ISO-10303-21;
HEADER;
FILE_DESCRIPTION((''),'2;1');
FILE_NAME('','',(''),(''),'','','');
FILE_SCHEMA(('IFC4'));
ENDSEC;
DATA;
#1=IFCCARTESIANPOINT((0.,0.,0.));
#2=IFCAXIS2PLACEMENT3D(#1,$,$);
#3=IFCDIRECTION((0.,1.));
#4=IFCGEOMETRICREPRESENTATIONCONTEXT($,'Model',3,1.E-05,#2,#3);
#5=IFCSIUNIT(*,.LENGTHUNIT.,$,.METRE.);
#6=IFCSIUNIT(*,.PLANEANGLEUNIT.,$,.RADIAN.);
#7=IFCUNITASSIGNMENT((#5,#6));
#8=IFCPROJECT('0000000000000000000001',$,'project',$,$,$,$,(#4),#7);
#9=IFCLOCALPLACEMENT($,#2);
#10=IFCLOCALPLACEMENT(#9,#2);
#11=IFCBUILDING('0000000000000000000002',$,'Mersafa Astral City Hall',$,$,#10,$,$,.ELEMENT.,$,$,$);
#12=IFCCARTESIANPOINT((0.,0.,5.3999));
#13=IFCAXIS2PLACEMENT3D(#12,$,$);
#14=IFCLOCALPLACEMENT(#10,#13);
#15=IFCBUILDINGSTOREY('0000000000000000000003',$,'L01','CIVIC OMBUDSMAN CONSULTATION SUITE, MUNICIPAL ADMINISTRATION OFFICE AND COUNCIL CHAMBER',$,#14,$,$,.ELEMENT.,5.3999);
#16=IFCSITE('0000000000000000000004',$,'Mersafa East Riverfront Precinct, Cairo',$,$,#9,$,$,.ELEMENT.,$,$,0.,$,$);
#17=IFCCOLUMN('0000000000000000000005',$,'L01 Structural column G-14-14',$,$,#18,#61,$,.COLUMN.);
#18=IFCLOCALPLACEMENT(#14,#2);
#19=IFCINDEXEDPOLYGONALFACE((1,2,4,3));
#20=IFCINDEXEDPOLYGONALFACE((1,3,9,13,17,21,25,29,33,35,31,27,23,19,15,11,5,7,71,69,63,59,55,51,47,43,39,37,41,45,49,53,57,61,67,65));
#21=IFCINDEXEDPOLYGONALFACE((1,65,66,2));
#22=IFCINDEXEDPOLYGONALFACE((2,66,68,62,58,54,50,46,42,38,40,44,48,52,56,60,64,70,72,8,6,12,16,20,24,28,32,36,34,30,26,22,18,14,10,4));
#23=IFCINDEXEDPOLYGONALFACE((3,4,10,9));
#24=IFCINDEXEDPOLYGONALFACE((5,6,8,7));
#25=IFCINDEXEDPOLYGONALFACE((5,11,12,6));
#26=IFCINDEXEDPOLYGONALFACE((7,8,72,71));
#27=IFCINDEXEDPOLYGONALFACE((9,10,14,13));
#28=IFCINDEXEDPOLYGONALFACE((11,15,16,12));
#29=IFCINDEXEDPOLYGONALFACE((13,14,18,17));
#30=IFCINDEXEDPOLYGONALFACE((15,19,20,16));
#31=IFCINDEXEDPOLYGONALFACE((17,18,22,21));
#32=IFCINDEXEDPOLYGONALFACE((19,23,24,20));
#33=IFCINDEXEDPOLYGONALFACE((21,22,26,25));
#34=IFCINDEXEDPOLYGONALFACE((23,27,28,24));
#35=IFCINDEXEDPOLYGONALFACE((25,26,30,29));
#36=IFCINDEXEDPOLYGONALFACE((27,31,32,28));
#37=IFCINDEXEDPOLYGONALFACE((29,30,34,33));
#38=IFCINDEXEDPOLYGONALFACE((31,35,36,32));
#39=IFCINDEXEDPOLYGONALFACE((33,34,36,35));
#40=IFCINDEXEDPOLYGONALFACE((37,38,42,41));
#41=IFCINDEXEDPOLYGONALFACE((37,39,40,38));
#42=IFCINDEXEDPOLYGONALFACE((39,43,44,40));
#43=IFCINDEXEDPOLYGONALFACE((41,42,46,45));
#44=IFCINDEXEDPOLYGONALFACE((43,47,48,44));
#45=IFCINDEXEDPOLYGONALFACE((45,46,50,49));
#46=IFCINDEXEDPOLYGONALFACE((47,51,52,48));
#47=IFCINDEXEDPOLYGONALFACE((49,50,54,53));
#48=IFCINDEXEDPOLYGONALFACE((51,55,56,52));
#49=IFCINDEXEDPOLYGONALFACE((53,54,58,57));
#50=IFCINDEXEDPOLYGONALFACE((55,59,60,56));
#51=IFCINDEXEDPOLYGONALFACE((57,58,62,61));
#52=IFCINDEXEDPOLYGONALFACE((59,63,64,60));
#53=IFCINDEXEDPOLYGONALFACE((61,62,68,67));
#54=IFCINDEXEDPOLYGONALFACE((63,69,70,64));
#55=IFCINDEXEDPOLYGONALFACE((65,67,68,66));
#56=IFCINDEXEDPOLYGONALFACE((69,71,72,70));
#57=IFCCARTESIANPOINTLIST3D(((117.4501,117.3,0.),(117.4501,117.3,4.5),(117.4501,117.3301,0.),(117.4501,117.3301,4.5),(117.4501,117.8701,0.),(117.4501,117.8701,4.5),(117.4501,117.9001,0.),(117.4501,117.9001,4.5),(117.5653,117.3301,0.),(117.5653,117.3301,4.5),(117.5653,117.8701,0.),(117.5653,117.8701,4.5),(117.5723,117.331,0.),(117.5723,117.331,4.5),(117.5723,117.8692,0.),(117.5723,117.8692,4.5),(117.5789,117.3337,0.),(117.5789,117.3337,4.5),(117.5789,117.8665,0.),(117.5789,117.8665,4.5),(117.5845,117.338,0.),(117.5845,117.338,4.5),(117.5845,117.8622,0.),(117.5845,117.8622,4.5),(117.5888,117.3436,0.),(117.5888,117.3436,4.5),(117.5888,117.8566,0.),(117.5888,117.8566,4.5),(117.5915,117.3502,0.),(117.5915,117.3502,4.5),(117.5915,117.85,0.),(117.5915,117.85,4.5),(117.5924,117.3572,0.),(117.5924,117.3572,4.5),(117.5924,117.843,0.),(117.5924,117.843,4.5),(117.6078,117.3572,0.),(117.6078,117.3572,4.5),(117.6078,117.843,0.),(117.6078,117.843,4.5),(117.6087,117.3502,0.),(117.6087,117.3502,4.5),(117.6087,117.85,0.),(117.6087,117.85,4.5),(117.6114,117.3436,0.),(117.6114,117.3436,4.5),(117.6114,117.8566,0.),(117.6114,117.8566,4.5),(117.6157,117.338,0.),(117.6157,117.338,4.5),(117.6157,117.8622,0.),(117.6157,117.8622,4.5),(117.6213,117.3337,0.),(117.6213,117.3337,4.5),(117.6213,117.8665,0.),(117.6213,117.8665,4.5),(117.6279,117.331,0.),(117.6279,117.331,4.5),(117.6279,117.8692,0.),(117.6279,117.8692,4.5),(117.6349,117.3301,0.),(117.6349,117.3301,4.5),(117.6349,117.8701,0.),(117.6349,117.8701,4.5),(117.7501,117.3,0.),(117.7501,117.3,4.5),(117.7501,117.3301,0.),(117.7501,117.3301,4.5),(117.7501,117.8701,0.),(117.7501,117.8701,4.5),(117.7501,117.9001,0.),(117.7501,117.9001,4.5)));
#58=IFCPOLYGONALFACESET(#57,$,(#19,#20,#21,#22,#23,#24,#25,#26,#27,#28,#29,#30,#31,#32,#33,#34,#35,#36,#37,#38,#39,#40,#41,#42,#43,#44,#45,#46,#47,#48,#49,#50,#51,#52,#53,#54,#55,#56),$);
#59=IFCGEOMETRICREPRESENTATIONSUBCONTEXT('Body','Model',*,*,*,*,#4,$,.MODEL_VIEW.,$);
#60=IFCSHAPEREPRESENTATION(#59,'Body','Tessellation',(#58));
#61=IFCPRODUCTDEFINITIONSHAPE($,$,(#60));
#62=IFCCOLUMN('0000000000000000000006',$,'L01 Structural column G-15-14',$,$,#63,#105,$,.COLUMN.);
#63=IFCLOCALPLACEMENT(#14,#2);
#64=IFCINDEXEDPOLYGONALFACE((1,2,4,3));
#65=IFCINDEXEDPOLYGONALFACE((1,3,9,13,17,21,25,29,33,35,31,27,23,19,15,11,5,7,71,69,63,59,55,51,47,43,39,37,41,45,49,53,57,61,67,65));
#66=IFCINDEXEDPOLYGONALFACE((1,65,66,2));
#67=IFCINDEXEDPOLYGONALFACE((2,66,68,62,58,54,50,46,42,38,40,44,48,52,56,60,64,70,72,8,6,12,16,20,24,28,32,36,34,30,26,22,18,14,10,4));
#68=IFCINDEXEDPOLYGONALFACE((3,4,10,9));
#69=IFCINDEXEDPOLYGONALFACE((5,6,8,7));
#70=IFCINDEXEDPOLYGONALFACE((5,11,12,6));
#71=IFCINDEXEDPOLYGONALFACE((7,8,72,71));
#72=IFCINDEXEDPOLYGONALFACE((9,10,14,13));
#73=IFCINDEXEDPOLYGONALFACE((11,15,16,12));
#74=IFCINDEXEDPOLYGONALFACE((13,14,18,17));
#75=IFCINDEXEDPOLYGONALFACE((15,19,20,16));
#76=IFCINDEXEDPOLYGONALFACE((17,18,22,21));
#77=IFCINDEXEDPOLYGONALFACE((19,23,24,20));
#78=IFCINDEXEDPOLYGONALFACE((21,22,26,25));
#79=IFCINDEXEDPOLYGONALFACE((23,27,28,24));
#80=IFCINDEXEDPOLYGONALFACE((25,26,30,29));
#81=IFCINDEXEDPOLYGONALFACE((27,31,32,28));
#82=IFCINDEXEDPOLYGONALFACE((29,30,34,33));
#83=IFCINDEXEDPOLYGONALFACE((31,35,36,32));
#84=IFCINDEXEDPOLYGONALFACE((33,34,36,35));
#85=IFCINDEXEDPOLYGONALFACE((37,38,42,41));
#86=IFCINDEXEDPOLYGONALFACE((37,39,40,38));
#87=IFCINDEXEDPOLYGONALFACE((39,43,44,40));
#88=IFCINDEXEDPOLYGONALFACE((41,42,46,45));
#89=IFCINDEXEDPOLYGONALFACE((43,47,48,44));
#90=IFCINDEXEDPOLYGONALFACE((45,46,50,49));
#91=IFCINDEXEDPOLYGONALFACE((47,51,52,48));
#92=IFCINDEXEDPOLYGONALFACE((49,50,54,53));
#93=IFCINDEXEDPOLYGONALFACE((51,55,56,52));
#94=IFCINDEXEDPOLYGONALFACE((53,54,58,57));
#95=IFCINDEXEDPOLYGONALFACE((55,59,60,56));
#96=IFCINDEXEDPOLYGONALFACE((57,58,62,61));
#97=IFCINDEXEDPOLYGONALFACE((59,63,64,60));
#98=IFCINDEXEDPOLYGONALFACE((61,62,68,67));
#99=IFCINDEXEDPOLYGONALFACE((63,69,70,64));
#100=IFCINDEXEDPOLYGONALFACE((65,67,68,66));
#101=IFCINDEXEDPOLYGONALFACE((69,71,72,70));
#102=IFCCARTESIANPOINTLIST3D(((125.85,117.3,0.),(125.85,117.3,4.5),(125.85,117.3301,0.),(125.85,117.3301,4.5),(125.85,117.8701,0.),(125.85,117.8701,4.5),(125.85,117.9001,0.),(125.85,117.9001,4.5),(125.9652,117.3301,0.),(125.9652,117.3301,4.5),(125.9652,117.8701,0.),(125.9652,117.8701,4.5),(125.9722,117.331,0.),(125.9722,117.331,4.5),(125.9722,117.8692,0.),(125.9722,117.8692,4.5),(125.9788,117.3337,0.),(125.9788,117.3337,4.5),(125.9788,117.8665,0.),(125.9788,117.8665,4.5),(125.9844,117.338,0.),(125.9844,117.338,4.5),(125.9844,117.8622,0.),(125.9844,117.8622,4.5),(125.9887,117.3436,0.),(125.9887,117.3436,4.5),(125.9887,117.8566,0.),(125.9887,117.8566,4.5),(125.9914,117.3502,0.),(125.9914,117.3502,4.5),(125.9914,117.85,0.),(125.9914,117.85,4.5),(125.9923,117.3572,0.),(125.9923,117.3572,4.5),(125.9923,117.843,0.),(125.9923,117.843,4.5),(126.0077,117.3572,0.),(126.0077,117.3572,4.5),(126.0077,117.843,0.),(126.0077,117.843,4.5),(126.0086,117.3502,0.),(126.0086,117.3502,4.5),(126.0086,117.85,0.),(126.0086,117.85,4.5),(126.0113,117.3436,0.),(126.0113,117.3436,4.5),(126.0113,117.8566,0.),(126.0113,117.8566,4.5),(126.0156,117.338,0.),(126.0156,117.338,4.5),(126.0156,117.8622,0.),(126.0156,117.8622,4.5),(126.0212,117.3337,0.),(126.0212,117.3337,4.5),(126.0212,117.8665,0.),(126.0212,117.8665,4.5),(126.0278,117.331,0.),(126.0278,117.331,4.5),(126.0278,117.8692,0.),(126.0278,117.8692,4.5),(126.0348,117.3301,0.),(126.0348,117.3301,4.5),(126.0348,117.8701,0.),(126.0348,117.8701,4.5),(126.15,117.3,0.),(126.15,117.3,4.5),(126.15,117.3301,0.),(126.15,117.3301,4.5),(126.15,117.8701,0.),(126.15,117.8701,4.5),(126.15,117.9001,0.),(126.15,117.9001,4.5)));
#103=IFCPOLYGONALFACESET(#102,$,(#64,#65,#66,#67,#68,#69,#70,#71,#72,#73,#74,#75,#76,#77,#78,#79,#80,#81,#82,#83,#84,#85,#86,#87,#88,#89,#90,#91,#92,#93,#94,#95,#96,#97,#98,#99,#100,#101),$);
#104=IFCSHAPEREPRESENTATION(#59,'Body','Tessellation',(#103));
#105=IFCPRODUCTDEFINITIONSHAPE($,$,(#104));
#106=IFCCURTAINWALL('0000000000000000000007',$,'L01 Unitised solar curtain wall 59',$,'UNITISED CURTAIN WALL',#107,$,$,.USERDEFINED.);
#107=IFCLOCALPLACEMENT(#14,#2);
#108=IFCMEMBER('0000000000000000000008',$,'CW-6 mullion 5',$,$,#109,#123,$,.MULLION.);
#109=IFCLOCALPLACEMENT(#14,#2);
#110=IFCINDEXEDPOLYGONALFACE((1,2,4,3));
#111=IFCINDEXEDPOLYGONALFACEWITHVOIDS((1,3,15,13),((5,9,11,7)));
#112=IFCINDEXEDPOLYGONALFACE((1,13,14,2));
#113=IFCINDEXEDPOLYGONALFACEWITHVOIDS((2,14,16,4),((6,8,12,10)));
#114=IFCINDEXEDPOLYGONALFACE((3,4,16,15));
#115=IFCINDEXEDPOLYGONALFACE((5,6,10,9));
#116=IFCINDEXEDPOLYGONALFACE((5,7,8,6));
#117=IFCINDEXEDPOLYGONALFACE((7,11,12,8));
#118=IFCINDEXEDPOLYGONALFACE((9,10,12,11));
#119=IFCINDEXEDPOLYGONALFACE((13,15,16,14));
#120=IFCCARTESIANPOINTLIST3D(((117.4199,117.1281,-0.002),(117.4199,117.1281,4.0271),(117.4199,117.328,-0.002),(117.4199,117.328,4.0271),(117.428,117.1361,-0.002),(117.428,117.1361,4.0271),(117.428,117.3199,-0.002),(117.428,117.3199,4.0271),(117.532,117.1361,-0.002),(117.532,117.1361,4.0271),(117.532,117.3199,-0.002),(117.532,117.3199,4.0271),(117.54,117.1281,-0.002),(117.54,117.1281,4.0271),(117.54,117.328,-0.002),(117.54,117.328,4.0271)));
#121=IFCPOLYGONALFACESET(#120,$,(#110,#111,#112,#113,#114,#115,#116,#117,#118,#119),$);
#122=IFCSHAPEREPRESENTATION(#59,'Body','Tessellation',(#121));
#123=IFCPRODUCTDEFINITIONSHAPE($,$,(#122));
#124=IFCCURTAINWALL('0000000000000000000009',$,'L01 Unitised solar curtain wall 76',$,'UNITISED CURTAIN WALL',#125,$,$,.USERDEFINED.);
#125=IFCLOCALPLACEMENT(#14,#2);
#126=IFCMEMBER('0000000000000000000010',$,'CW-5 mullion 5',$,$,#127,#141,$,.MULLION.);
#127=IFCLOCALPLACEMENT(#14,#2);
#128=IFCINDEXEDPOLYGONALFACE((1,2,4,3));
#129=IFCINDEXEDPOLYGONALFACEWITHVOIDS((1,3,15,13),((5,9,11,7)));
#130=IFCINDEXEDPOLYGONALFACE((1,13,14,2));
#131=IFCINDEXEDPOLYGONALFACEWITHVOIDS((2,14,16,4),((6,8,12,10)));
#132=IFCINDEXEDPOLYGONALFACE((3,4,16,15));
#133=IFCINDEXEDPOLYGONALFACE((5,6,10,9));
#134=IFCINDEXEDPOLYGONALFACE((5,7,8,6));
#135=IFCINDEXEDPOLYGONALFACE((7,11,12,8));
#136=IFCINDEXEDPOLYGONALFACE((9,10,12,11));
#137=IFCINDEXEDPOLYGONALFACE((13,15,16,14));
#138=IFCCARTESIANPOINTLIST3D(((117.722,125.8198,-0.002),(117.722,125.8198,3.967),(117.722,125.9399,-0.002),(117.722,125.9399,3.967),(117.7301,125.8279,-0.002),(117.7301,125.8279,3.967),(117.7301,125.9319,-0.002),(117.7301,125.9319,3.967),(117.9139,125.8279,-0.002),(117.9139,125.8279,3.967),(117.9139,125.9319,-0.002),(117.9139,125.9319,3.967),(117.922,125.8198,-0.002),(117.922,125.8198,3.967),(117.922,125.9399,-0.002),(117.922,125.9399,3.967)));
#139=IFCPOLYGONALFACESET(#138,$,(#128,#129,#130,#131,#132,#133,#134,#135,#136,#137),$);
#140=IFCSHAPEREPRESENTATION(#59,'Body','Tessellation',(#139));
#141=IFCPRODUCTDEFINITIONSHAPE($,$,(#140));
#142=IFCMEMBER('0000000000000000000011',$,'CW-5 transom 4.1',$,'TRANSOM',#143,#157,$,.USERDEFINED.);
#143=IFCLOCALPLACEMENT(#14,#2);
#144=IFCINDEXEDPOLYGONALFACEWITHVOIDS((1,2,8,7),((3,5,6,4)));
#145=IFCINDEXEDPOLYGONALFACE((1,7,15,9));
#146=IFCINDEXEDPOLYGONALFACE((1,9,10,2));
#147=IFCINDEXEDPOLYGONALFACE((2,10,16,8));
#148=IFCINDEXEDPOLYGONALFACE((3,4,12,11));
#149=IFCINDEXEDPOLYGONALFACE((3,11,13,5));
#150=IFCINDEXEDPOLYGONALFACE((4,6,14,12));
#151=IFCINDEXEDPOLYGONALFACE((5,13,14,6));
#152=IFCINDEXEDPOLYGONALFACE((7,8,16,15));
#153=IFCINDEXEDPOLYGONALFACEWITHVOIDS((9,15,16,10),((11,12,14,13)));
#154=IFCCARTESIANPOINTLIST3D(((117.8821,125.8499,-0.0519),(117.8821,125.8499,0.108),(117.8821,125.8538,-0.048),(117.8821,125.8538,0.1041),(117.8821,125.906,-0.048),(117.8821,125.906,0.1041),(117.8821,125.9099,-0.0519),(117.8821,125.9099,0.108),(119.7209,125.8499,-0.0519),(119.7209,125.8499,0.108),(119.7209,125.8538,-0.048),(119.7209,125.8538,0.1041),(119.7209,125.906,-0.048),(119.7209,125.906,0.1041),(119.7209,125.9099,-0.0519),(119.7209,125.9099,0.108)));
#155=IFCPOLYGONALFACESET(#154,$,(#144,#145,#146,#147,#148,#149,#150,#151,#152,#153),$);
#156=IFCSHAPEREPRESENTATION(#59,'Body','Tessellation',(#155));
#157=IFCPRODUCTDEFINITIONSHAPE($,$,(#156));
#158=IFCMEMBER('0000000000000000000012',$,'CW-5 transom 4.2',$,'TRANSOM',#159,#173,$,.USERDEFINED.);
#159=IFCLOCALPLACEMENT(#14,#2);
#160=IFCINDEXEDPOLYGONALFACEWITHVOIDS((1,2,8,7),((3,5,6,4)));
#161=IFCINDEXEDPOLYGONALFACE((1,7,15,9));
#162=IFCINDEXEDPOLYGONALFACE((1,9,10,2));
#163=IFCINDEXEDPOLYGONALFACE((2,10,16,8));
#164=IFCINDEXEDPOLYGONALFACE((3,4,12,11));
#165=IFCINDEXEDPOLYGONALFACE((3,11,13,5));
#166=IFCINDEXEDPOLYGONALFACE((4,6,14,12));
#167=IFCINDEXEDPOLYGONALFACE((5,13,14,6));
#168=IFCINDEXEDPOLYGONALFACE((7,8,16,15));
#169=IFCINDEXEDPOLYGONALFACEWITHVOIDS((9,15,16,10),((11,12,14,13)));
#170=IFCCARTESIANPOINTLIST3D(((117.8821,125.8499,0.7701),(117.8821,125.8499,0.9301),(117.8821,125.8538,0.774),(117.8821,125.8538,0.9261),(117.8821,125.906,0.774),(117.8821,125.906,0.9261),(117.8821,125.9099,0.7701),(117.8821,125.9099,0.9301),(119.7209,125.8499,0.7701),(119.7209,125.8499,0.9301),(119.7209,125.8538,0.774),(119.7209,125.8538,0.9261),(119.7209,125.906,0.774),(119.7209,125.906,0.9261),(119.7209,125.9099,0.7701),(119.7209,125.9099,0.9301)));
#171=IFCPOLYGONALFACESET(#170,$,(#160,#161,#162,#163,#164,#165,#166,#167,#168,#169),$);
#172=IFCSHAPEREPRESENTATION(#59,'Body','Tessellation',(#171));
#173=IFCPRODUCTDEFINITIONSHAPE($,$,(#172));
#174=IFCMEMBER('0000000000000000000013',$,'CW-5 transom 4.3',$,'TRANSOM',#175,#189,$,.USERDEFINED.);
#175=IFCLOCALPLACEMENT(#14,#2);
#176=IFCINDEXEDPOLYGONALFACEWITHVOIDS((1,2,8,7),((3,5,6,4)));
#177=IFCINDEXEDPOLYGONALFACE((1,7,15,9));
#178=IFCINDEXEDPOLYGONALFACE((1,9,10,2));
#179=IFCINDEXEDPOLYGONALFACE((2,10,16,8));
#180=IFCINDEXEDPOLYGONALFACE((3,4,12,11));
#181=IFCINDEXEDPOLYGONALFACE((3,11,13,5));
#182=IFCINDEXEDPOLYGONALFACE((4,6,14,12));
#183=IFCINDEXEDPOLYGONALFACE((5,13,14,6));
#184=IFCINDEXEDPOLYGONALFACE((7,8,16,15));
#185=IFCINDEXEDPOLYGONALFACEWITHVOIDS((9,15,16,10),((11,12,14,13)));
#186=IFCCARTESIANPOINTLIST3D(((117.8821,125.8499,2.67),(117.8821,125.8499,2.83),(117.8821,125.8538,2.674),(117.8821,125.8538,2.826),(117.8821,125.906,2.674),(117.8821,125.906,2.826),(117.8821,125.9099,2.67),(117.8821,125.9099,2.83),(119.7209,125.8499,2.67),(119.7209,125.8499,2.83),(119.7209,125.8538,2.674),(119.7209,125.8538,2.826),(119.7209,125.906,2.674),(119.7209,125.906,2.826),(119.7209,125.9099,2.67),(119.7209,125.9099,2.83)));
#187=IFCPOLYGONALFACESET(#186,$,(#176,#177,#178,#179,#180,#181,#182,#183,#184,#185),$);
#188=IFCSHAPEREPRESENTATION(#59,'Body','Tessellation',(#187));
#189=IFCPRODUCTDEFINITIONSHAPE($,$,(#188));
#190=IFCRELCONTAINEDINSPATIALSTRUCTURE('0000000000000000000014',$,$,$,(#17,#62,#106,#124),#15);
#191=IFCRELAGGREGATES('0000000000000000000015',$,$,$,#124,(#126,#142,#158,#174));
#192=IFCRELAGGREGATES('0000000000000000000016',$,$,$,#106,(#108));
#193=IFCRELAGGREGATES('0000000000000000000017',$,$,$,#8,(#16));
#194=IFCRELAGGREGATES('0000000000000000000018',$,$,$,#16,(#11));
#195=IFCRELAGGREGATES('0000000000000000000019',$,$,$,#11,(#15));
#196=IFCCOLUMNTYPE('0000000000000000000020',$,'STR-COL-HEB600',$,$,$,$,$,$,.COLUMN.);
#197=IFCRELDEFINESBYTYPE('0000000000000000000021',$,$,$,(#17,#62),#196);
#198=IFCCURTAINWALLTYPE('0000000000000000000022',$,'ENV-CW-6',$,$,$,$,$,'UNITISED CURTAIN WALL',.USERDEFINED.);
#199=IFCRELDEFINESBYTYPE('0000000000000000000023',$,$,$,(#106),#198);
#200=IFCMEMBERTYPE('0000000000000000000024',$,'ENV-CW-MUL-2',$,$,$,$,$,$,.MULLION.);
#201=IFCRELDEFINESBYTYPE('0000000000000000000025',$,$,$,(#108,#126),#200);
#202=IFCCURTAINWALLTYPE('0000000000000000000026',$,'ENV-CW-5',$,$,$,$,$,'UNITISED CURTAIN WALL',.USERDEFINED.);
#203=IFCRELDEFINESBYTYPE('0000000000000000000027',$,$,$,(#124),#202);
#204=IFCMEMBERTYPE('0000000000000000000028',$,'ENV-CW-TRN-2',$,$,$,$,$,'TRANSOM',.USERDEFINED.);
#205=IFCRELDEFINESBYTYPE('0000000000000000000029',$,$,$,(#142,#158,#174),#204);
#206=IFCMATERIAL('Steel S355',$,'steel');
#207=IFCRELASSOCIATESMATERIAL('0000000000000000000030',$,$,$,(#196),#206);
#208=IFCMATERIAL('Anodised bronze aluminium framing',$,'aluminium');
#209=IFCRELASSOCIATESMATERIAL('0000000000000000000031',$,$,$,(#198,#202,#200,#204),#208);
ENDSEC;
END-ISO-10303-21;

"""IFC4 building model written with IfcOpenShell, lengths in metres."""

from ifc_helpers import new_model, si_unit, direction, frame, origin, origin_2d, place, context, subcontext, project, spatial, hollow_rectangle, i_section, extrude, material, material_profile, profile_set, type_object, element, aggregate, save


model = new_model("IFC4")

# Units and contexts
model_context = context("Model", 3, precision=1e-05, world=origin(), true_north=direction((0.0, 1.0)))
body_context = subcontext(model_context, "Body", "Model", "MODEL_VIEW")
ifc_project = project(units=[si_unit("LENGTHUNIT", "METRE"), si_unit("PLANEANGLEUNIT", "RADIAN")], contexts=[model_context])

# Site, building, storey
site_placement = place(None, origin())
site = spatial("IfcSite", under=ifc_project, at=site_placement, Name="Mersafa East Riverfront Precinct, Cairo", CompositionType="ELEMENT", RefElevation=0.0)
building_placement = place(site_placement, origin())
building = spatial("IfcBuilding", under=site, at=building_placement, Name="Mersafa Astral City Hall", CompositionType="ELEMENT")
storey_placement = place(building_placement, frame((0.0, 0.0, 5.3999)))
storey = spatial("IfcBuildingStorey", under=building, at=storey_placement, Name="L01", Description="CIVIC OMBUDSMAN CONSULTATION SUITE, MUNICIPAL ADMINISTRATION OFFICE AND COUNCIL CHAMBER", CompositionType="ELEMENT", Elevation=5.3999)

# Columns
ifc_material_1 = material(Name="Steel S355", Category="steel")
ifc_material_profile_1 = material_profile(ifc_material_1, i_section(OverallWidth=0.3, OverallDepth=0.6001, WebThickness=0.0154, FlangeThickness=0.03, FilletRadius=0.0271, at=origin_2d()), Name="HEB 600")
ifc_profile_set_1 = profile_set([ifc_material_profile_1], Name="Steel S355")
column_type = type_object("IfcColumnType", Name="STR-COL-HEB600", PredefinedType="COLUMN", material=ifc_profile_set_1)
for number, where, z_axis, x_axis, name in (
    (1, (117.6001, 117.6001, 0.0), (0.0, 0.0, 1.0), (1.0, 0.0, 0.0), "L01 Structural column G-14-14"),
    (2, (126.0, 117.6001, 0.0), (0.0, 0.0, 1.0), (1.0, 0.0, 0.0), "L01 Structural column G-15-14"),
):
    element("IfcColumn", number, at=place(storey_placement, frame(where, z_axis=z_axis, x_axis=x_axis)), inside=storey, type_object=column_type, Name=name, PredefinedType="COLUMN", context=body_context, shape_type="SweptSolid", body=[
        extrude(i_section(OverallWidth=0.3, OverallDepth=0.6001, WebThickness=0.0154, FlangeThickness=0.03, FilletRadius=0.0271, at=origin_2d()), origin(), (0.0, 0.0, 1.0), 4.5),
    ])

# Curtain wall, member
ifc_material_2 = material(Name="Anodised bronze aluminium framing", Category="aluminium")
curtain_wall_type_1 = type_object("IfcCurtainWallType", Name="ENV-CW-6", ElementType="UNITISED CURTAIN WALL", PredefinedType="USERDEFINED", material=ifc_material_2)
curtain_wall_1_placement = place(storey_placement, origin())
curtain_wall_1 = element("IfcCurtainWall", 3, at=curtain_wall_1_placement, inside=storey, type_object=curtain_wall_type_1, Name="L01 Unitised solar curtain wall 59", ObjectType="UNITISED CURTAIN WALL", PredefinedType="USERDEFINED")
ifc_material_profile_2 = material_profile(ifc_material_2, hollow_rectangle(XDim=0.1201, YDim=0.2, WallThickness=0.0081, at=origin_2d()), Name="RHS 120x200x8")
ifc_profile_set_2 = profile_set([ifc_material_profile_2], Name="Anodised bronze aluminium framing")
member_type_1 = type_object("IfcMemberType", Name="ENV-CW-MUL-2", PredefinedType="MULLION", material=ifc_profile_set_2)
member_1_placement = place(storey_placement, frame((117.48, 117.228, -0.002), z_axis=(0.0, 0.0, 1.0), x_axis=(-1.0, 0.0, 0.0)))
member_1 = element("IfcMember", 4, at=member_1_placement, type_object=member_type_1, Name="CW-6 mullion 5", PredefinedType="MULLION", context=body_context, shape_type="SweptSolid", body=[
    extrude(hollow_rectangle(XDim=0.1201, YDim=0.2, WallThickness=0.0081, at=origin_2d()), origin(), (0.0, 0.0, 1.0), 4.0291),
])

# Curtain wall, members
curtain_wall_type_2 = type_object("IfcCurtainWallType", Name="ENV-CW-5", ElementType="UNITISED CURTAIN WALL", PredefinedType="USERDEFINED", material=ifc_material_2)
curtain_wall_2_placement = place(storey_placement, origin())
curtain_wall_2 = element("IfcCurtainWall", 5, at=curtain_wall_2_placement, inside=storey, type_object=curtain_wall_type_2, Name="L01 Unitised solar curtain wall 76", ObjectType="UNITISED CURTAIN WALL", PredefinedType="USERDEFINED")
member_2_placement = place(storey_placement, frame((117.822, 125.8799, -0.002), z_axis=(0.0, 0.0, 1.0), x_axis=(0.0, -1.0, 0.0)))
member_2 = element("IfcMember", 6, at=member_2_placement, type_object=member_type_1, Name="CW-5 mullion 5", PredefinedType="MULLION", context=body_context, shape_type="SweptSolid", body=[
    extrude(hollow_rectangle(XDim=0.1201, YDim=0.2, WallThickness=0.0081, at=origin_2d()), origin(), (0.0, 0.0, 1.0), 3.969),
])
ifc_material_profile_3 = material_profile(ifc_material_2, hollow_rectangle(XDim=0.0601, YDim=0.1599, WallThickness=0.0039, at=origin_2d()), Name="RHS 60x160x4")
ifc_profile_set_3 = profile_set([ifc_material_profile_3], Name="Anodised bronze aluminium framing")
member_type_2 = type_object("IfcMemberType", Name="ENV-CW-TRN-2", ElementType="TRANSOM", PredefinedType="USERDEFINED", material=ifc_profile_set_3)
member_3_placement = place(storey_placement, frame((119.7209, 125.8799, 0.0281), z_axis=(-1.0, 0.0, 0.0), x_axis=(0.0, -1.0, 0.0)))
member_3 = element("IfcMember", 7, at=member_3_placement, type_object=member_type_2, Name="CW-5 transom 4.1", ObjectType="TRANSOM", PredefinedType="USERDEFINED", context=body_context, shape_type="SweptSolid", body=[
    extrude(hollow_rectangle(XDim=0.0601, YDim=0.1599, WallThickness=0.0039, at=origin_2d()), origin(), (0.0, 0.0, 1.0), 1.8389),
])
member_4_placement = place(storey_placement, frame((119.7209, 125.8799, 0.8501), z_axis=(-1.0, 0.0, 0.0), x_axis=(0.0, -1.0, 0.0)))
member_4 = element("IfcMember", 8, at=member_4_placement, type_object=member_type_2, Name="CW-5 transom 4.2", ObjectType="TRANSOM", PredefinedType="USERDEFINED", context=body_context, shape_type="SweptSolid", body=[
    extrude(hollow_rectangle(XDim=0.0601, YDim=0.1599, WallThickness=0.0039, at=origin_2d()), origin(), (0.0, 0.0, 1.0), 1.8389),
])
member_5_placement = place(storey_placement, frame((119.7209, 125.8799, 2.75), z_axis=(-1.0, 0.0, 0.0), x_axis=(0.0, -1.0, 0.0)))
member_5 = element("IfcMember", 9, at=member_5_placement, type_object=member_type_2, Name="CW-5 transom 4.3", ObjectType="TRANSOM", PredefinedType="USERDEFINED", context=body_context, shape_type="SweptSolid", body=[
    extrude(hollow_rectangle(XDim=0.0601, YDim=0.1599, WallThickness=0.0039, at=origin_2d()), origin(), (0.0, 0.0, 1.0), 1.8389),
])

aggregate(curtain_wall_2, [member_2, member_3, member_4, member_5])
aggregate(curtain_wall_1, [member_1])

save(model, "model.ifc")
